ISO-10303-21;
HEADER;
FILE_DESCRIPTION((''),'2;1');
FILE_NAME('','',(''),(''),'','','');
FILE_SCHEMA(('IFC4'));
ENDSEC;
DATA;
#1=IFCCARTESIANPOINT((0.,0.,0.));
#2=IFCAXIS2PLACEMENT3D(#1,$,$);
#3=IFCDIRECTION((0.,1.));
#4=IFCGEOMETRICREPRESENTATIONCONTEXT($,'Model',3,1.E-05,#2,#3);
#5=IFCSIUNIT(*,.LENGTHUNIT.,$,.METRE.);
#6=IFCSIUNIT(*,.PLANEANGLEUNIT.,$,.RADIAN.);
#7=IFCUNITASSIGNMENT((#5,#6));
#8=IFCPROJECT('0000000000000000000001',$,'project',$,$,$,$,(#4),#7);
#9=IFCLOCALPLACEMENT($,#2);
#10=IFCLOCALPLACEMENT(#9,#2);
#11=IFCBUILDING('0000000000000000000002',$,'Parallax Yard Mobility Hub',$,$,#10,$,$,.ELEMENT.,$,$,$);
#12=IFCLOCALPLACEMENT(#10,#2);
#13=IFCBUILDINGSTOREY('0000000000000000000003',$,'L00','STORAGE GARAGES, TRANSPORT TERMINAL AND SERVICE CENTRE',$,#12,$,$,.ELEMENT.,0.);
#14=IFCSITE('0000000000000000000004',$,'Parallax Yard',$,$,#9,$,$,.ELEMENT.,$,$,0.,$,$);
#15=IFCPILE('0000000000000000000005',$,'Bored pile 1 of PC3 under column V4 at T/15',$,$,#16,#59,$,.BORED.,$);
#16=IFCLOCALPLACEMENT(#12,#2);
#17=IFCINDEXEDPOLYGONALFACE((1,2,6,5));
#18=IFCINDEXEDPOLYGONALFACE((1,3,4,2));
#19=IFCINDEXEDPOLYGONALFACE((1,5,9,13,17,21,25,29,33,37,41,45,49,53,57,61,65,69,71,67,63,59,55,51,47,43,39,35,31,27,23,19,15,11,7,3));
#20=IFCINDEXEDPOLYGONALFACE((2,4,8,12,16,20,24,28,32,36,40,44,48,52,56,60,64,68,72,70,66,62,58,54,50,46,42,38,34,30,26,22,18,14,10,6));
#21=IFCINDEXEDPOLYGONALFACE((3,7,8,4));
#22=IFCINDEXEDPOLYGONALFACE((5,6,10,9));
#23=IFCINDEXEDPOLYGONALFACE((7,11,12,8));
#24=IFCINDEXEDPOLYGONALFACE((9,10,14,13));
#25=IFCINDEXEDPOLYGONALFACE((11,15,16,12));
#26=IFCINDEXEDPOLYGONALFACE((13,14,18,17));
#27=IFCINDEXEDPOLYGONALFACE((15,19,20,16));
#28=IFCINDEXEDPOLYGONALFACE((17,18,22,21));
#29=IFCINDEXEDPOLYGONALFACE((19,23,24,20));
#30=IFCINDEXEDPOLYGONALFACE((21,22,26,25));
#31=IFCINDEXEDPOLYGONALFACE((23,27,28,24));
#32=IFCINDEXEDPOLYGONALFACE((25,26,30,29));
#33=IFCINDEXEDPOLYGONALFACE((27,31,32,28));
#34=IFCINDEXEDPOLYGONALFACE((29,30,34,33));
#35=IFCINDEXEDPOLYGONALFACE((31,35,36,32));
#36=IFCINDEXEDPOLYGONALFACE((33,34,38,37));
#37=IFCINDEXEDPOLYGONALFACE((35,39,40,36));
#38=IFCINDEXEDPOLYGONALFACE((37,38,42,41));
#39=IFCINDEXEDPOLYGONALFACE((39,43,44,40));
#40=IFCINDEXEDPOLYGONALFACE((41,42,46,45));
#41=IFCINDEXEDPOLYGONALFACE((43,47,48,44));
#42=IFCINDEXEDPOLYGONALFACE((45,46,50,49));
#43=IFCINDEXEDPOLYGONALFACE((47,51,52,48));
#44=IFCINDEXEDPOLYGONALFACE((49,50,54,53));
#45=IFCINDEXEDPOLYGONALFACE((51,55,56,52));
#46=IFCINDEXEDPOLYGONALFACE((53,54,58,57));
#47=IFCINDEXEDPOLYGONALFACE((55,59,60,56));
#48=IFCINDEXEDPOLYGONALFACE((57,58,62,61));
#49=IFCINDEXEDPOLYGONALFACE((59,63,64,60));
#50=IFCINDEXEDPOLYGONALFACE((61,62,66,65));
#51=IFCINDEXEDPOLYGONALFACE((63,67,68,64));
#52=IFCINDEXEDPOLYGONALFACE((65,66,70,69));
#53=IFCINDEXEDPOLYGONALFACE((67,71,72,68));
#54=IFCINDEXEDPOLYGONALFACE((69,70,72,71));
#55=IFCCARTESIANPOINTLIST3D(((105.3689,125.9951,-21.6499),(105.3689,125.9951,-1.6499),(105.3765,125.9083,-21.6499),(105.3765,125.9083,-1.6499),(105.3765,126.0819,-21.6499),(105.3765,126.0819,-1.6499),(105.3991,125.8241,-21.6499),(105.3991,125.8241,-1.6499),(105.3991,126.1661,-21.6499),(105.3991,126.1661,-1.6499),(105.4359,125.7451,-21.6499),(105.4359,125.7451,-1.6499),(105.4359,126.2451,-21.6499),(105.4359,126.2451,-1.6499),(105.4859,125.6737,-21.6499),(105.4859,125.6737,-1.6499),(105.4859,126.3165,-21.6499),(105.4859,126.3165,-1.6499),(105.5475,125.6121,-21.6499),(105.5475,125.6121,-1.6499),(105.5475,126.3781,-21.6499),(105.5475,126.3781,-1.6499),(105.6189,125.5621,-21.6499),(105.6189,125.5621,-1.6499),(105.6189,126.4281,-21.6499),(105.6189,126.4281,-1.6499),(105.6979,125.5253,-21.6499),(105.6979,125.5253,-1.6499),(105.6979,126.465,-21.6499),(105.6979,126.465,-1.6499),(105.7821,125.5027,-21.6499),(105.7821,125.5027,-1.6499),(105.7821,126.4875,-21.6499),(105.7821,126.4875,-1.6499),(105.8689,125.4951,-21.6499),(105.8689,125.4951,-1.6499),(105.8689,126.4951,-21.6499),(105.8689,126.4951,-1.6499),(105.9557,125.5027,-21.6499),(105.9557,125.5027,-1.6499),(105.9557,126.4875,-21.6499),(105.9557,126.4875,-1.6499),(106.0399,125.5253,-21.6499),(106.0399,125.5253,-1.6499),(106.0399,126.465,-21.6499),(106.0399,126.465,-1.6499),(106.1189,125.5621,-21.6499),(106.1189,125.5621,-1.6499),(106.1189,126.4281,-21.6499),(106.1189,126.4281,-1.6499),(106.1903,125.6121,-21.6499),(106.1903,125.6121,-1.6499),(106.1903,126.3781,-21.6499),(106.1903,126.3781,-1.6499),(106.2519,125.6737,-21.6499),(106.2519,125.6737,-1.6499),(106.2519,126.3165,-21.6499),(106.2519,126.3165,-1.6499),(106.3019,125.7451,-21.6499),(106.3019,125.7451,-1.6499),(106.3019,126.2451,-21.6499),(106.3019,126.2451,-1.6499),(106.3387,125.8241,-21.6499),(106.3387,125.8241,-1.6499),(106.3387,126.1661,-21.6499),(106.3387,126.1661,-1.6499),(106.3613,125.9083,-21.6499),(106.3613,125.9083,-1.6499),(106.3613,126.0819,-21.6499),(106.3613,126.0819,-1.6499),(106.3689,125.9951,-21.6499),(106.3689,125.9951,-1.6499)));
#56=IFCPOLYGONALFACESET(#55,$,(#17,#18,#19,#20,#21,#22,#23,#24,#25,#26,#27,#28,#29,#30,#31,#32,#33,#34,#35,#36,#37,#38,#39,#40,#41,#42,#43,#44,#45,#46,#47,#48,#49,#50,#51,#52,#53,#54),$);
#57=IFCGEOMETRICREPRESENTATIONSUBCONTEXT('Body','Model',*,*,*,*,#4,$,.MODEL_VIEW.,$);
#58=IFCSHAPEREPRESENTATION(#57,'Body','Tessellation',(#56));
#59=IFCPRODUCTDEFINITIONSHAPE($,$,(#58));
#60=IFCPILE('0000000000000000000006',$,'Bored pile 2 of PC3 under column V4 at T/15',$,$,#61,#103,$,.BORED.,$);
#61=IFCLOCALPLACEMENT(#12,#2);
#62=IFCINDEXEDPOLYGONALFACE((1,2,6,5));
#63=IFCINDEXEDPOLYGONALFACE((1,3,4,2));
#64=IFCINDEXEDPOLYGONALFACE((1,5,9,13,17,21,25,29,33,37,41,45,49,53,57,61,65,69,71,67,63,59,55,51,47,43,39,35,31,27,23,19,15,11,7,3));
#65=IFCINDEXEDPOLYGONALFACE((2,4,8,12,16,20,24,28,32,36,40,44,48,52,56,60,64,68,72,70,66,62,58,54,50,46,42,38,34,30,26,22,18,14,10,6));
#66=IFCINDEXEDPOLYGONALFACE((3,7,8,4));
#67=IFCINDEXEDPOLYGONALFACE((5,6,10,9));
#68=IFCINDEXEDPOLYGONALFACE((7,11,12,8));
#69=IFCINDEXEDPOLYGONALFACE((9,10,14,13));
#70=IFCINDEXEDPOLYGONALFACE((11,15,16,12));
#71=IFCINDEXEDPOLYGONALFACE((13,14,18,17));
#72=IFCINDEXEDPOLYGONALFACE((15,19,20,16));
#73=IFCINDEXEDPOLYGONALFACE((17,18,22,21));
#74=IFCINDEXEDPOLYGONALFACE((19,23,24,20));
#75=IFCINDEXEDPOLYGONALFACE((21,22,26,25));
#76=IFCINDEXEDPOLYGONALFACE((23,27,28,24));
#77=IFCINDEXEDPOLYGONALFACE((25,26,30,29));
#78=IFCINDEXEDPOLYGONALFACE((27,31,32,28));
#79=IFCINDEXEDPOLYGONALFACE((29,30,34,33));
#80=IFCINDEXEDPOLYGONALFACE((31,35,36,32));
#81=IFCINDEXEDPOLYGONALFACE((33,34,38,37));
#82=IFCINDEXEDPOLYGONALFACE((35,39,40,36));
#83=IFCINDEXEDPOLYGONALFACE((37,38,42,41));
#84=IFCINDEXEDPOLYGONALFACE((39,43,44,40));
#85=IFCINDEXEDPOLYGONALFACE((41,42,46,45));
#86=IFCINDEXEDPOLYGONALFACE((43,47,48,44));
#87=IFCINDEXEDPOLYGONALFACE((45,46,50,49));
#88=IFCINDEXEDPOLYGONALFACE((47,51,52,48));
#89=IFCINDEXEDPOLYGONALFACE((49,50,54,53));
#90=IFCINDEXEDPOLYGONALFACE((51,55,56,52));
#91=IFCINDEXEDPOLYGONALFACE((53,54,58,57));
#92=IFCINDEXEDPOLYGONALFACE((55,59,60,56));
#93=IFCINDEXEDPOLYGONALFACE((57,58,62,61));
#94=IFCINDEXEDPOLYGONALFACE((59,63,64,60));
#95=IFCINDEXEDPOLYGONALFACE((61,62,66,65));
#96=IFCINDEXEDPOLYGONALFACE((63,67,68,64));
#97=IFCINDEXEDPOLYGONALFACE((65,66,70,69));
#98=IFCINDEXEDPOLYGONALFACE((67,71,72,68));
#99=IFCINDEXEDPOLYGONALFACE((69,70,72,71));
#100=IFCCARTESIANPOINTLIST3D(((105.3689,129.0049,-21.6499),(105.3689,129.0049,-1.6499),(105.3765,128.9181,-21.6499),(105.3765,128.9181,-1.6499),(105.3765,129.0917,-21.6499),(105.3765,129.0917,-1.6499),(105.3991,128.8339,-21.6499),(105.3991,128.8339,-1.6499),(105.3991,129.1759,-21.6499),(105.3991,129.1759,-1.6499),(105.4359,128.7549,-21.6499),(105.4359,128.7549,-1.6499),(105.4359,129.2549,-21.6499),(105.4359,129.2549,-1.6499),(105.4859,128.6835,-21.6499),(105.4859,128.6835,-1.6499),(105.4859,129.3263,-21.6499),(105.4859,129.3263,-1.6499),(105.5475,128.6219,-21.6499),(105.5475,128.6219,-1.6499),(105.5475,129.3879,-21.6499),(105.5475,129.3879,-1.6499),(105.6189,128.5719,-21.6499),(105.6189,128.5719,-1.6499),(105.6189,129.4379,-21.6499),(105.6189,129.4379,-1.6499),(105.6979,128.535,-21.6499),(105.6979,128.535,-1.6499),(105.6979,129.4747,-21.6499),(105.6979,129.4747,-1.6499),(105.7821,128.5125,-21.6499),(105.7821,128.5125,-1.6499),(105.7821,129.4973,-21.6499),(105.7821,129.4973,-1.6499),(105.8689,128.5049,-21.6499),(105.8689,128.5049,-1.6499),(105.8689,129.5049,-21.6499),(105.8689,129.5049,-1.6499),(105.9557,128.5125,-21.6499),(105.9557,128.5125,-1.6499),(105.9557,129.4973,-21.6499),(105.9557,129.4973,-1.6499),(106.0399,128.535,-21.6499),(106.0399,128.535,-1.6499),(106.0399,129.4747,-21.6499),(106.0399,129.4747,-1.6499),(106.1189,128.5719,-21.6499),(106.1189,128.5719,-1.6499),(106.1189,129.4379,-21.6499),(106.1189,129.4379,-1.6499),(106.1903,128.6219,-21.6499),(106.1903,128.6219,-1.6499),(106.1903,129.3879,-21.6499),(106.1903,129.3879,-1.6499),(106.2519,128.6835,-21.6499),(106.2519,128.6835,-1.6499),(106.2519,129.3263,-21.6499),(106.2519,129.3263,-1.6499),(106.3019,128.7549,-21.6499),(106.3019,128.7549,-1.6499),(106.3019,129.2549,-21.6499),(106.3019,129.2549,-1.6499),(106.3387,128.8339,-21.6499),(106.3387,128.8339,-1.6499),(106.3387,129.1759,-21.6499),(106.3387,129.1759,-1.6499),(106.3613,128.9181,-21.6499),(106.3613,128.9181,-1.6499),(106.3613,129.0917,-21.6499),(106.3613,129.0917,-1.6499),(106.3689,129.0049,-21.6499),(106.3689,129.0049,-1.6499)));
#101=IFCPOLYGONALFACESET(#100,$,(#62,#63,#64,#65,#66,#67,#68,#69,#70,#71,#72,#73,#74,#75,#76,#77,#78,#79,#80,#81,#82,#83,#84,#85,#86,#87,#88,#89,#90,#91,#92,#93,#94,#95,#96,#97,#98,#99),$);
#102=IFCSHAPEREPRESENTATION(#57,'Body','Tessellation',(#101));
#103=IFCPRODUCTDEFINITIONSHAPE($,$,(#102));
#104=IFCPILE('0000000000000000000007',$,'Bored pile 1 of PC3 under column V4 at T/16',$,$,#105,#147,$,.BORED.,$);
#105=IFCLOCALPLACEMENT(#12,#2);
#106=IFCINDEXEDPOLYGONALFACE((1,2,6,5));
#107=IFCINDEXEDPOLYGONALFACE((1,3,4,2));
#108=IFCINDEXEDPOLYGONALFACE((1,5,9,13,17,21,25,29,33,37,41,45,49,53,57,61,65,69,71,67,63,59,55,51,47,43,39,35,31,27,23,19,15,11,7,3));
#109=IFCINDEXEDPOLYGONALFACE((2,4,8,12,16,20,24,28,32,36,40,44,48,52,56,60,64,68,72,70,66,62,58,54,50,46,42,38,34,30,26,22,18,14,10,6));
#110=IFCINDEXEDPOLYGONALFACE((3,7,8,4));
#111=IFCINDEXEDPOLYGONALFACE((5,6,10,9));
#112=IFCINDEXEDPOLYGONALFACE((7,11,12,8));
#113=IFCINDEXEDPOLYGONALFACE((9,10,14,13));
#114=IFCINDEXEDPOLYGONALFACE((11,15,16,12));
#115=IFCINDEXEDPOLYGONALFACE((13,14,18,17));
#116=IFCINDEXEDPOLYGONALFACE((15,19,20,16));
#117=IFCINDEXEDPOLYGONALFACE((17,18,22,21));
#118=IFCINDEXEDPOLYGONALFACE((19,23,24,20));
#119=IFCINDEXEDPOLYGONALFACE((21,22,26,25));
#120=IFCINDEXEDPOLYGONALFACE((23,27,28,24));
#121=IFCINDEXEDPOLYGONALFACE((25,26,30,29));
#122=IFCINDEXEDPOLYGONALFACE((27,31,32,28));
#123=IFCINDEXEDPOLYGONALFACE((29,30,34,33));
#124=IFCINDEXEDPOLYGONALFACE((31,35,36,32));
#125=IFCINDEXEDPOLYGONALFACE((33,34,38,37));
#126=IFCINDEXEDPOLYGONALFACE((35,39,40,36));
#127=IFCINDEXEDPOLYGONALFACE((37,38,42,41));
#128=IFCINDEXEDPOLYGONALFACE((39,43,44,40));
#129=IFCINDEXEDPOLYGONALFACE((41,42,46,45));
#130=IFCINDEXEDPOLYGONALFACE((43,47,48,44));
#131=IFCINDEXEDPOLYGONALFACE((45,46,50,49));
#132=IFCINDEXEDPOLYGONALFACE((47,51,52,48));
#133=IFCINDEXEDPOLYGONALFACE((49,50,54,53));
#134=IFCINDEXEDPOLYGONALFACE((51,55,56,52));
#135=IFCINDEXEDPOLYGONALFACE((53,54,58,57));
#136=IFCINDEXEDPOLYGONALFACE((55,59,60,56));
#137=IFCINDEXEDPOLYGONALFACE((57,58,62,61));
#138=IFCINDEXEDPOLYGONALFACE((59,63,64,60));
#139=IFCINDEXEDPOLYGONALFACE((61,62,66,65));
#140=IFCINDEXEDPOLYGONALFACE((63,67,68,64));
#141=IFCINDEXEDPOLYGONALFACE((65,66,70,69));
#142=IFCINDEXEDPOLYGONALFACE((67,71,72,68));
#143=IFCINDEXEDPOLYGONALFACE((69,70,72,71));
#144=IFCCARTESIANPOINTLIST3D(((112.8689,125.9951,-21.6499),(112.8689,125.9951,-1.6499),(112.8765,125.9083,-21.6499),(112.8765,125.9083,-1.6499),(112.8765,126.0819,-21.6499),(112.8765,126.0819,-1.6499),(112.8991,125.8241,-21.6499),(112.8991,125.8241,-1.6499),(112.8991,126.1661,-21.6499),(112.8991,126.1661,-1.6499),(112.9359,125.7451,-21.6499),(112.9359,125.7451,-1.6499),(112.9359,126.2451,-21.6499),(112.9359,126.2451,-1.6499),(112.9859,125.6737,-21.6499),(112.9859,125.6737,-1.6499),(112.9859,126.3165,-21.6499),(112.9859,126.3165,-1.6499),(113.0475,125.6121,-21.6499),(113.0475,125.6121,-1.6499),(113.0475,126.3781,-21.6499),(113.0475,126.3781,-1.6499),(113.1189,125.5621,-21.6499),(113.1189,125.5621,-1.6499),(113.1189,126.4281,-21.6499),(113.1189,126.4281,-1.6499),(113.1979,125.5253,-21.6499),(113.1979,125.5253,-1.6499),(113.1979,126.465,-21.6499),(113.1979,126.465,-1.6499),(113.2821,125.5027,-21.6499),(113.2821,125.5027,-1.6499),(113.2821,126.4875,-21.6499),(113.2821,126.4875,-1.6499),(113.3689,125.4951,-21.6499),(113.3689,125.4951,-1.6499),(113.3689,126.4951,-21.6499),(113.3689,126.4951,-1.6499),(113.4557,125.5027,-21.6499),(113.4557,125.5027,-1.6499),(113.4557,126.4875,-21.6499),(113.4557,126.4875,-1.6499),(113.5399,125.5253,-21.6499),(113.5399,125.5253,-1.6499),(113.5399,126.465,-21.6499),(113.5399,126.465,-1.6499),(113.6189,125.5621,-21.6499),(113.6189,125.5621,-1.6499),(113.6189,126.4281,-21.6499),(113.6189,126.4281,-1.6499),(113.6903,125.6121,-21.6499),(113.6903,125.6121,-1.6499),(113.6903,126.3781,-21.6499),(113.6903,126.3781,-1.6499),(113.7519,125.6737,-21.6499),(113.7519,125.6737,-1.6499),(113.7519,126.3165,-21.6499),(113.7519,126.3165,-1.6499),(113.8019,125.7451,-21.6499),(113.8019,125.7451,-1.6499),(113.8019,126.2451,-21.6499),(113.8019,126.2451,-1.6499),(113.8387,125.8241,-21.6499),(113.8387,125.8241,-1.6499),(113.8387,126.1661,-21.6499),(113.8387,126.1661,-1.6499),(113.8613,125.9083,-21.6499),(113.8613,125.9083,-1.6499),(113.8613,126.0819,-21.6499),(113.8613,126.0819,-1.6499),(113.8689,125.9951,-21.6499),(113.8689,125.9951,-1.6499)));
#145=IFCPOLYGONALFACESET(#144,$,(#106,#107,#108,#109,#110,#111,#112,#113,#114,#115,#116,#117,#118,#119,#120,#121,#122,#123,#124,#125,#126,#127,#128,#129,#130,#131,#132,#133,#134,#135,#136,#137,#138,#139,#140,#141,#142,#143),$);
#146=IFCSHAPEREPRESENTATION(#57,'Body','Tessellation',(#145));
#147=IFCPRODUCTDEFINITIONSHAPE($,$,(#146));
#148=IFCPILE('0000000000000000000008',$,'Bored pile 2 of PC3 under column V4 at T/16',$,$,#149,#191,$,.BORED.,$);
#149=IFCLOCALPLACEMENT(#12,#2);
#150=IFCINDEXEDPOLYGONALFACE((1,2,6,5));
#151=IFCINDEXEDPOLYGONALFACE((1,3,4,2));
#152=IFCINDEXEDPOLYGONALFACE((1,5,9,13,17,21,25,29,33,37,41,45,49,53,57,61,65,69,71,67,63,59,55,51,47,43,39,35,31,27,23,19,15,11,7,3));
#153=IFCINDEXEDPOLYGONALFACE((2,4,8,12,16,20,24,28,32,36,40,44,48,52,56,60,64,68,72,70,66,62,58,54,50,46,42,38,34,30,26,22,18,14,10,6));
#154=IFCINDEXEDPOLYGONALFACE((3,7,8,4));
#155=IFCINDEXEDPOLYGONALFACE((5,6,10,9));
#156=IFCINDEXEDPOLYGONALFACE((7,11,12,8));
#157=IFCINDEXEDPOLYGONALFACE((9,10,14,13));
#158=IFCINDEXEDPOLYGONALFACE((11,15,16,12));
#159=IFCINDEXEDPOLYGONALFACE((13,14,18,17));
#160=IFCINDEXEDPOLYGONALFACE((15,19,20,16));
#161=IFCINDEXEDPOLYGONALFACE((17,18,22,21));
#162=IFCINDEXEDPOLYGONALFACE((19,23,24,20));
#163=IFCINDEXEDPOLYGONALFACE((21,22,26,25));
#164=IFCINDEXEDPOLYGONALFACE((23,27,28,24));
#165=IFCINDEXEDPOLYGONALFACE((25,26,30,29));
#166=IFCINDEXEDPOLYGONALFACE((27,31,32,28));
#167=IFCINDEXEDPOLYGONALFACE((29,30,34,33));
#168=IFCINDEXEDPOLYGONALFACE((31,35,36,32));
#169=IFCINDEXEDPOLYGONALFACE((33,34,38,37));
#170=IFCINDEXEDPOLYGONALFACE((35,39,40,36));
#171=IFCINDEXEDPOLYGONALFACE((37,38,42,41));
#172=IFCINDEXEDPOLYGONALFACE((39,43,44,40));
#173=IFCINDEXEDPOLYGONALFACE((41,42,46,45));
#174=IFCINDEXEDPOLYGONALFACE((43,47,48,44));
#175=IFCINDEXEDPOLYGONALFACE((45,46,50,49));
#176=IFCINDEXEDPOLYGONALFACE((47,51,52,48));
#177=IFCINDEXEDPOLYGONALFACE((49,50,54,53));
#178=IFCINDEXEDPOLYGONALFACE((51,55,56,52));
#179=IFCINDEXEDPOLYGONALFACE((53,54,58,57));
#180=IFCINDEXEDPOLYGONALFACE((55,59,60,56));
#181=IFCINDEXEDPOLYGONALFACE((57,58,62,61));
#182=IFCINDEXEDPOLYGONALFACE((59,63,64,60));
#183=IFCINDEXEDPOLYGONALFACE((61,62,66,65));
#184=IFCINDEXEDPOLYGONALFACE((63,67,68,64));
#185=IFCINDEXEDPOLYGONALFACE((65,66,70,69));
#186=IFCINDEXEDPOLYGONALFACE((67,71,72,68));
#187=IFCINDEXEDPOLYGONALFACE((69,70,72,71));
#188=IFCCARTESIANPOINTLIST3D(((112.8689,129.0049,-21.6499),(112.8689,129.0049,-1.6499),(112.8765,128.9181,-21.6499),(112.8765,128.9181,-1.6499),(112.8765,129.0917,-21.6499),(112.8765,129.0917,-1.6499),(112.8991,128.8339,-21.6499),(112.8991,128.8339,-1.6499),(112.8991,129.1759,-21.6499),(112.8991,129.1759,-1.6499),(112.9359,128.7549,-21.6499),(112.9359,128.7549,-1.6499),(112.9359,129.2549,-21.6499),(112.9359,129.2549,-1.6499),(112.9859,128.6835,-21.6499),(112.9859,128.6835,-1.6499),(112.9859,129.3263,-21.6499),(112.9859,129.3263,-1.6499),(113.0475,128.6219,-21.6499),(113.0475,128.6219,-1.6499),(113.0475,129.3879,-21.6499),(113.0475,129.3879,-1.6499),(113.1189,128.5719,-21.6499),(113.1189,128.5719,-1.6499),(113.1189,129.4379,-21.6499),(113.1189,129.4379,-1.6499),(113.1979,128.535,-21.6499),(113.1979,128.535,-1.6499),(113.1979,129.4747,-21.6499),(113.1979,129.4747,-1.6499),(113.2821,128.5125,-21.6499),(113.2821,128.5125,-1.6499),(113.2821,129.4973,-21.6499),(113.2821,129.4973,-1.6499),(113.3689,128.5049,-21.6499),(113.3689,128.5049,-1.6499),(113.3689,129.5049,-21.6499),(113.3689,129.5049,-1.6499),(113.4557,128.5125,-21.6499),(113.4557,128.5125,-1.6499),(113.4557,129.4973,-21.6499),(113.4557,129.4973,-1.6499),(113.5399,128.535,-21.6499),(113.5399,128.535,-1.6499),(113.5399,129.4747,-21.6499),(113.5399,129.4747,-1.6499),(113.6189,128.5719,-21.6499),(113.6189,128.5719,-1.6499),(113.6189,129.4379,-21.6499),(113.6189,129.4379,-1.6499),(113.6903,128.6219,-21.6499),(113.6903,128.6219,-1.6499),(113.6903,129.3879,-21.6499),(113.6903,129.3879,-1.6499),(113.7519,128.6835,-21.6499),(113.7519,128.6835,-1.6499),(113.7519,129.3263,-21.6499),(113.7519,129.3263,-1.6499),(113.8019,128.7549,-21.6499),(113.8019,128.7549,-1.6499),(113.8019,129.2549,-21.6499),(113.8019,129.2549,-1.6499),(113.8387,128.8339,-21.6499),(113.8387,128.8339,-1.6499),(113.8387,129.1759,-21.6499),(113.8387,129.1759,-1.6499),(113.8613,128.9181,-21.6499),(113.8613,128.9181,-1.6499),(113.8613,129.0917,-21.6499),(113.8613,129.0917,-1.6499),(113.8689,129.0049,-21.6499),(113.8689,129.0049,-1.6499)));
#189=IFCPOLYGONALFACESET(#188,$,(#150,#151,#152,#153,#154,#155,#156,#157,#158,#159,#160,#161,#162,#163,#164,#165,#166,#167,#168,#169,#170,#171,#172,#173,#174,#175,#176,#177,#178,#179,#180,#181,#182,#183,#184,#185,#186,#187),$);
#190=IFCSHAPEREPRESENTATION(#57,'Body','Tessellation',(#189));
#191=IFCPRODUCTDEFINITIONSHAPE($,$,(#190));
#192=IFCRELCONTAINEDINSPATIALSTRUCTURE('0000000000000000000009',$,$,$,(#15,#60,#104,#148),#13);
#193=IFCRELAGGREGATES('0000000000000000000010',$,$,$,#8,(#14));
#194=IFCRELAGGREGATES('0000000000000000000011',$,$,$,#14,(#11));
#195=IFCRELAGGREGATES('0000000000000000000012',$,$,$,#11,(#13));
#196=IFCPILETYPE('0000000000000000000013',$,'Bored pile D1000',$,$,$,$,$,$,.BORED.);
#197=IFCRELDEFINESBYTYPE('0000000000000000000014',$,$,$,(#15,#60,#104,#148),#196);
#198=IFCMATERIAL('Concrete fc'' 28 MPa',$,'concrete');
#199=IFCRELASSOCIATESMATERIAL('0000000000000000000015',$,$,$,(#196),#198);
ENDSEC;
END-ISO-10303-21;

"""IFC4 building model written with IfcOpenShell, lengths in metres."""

from ifc_helpers import new_model, si_unit, direction, frame, origin, origin_2d, place, context, subcontext, project, spatial, circle, extrude, material, material_profile, profile_set, type_object, element, save


model = new_model("IFC4")

# Units and contexts
model_context = context("Model", 3, precision=1e-05, world=origin(), true_north=direction((0.0, 1.0)))
body_context = subcontext(model_context, "Body", "Model", "MODEL_VIEW")
ifc_project = project(units=[si_unit("LENGTHUNIT", "METRE"), si_unit("PLANEANGLEUNIT", "RADIAN")], contexts=[model_context])

# Site, building, storey
site_placement = place(None, origin())
site = spatial("IfcSite", under=ifc_project, at=site_placement, Name="Parallax Yard", CompositionType="ELEMENT", RefElevation=0.0)
building_placement = place(site_placement, origin())
building = spatial("IfcBuilding", under=site, at=building_placement, Name="Parallax Yard Mobility Hub", CompositionType="ELEMENT")
storey_placement = place(building_placement, origin())
storey = spatial("IfcBuildingStorey", under=building, at=storey_placement, Name="L00", Description="STORAGE GARAGES, TRANSPORT TERMINAL AND SERVICE CENTRE", CompositionType="ELEMENT", Elevation=0.0)

# Piles
ifc_material_1 = material(Name="Concrete fc' 28 MPa", Category="concrete")
ifc_material_profile_1 = material_profile(ifc_material_1, circle(Radius=0.5, at=origin_2d()), Name="Bored pile D1000")
ifc_profile_set_1 = profile_set([ifc_material_profile_1], Name="Concrete fc' 28 MPa")
pile_type = type_object("IfcPileType", Name="Bored pile D1000", PredefinedType="BORED", material=ifc_profile_set_1)
for number, where, z_axis, x_axis, name in (
    (1, (105.8689, 125.9951, -1.6499), (0.0, 0.0, -1.0), (1.0, 0.0, 0.0), "Bored pile 1 of PC3 under column V4 at T/15"),
    (2, (105.8689, 129.0049, -1.6499), (0.0, 0.0, -1.0), (1.0, 0.0, 0.0), "Bored pile 2 of PC3 under column V4 at T/15"),
    (3, (113.3689, 125.9951, -1.6499), (0.0, 0.0, -1.0), (1.0, 0.0, 0.0), "Bored pile 1 of PC3 under column V4 at T/16"),
    (4, (113.3689, 129.0049, -1.6499), (0.0, 0.0, -1.0), (1.0, 0.0, 0.0), "Bored pile 2 of PC3 under column V4 at T/16"),
):
    element("IfcPile", number, at=place(storey_placement, frame(where, z_axis=z_axis, x_axis=x_axis)), inside=storey, type_object=pile_type, Name=name, PredefinedType="BORED", context=body_context, shape_type="SweptSolid", body=[
        extrude(circle(Radius=0.5, at=origin_2d()), origin(), (0.0, 0.0, 1.0), 20.0),
    ])

save(model, "model.ifc")
